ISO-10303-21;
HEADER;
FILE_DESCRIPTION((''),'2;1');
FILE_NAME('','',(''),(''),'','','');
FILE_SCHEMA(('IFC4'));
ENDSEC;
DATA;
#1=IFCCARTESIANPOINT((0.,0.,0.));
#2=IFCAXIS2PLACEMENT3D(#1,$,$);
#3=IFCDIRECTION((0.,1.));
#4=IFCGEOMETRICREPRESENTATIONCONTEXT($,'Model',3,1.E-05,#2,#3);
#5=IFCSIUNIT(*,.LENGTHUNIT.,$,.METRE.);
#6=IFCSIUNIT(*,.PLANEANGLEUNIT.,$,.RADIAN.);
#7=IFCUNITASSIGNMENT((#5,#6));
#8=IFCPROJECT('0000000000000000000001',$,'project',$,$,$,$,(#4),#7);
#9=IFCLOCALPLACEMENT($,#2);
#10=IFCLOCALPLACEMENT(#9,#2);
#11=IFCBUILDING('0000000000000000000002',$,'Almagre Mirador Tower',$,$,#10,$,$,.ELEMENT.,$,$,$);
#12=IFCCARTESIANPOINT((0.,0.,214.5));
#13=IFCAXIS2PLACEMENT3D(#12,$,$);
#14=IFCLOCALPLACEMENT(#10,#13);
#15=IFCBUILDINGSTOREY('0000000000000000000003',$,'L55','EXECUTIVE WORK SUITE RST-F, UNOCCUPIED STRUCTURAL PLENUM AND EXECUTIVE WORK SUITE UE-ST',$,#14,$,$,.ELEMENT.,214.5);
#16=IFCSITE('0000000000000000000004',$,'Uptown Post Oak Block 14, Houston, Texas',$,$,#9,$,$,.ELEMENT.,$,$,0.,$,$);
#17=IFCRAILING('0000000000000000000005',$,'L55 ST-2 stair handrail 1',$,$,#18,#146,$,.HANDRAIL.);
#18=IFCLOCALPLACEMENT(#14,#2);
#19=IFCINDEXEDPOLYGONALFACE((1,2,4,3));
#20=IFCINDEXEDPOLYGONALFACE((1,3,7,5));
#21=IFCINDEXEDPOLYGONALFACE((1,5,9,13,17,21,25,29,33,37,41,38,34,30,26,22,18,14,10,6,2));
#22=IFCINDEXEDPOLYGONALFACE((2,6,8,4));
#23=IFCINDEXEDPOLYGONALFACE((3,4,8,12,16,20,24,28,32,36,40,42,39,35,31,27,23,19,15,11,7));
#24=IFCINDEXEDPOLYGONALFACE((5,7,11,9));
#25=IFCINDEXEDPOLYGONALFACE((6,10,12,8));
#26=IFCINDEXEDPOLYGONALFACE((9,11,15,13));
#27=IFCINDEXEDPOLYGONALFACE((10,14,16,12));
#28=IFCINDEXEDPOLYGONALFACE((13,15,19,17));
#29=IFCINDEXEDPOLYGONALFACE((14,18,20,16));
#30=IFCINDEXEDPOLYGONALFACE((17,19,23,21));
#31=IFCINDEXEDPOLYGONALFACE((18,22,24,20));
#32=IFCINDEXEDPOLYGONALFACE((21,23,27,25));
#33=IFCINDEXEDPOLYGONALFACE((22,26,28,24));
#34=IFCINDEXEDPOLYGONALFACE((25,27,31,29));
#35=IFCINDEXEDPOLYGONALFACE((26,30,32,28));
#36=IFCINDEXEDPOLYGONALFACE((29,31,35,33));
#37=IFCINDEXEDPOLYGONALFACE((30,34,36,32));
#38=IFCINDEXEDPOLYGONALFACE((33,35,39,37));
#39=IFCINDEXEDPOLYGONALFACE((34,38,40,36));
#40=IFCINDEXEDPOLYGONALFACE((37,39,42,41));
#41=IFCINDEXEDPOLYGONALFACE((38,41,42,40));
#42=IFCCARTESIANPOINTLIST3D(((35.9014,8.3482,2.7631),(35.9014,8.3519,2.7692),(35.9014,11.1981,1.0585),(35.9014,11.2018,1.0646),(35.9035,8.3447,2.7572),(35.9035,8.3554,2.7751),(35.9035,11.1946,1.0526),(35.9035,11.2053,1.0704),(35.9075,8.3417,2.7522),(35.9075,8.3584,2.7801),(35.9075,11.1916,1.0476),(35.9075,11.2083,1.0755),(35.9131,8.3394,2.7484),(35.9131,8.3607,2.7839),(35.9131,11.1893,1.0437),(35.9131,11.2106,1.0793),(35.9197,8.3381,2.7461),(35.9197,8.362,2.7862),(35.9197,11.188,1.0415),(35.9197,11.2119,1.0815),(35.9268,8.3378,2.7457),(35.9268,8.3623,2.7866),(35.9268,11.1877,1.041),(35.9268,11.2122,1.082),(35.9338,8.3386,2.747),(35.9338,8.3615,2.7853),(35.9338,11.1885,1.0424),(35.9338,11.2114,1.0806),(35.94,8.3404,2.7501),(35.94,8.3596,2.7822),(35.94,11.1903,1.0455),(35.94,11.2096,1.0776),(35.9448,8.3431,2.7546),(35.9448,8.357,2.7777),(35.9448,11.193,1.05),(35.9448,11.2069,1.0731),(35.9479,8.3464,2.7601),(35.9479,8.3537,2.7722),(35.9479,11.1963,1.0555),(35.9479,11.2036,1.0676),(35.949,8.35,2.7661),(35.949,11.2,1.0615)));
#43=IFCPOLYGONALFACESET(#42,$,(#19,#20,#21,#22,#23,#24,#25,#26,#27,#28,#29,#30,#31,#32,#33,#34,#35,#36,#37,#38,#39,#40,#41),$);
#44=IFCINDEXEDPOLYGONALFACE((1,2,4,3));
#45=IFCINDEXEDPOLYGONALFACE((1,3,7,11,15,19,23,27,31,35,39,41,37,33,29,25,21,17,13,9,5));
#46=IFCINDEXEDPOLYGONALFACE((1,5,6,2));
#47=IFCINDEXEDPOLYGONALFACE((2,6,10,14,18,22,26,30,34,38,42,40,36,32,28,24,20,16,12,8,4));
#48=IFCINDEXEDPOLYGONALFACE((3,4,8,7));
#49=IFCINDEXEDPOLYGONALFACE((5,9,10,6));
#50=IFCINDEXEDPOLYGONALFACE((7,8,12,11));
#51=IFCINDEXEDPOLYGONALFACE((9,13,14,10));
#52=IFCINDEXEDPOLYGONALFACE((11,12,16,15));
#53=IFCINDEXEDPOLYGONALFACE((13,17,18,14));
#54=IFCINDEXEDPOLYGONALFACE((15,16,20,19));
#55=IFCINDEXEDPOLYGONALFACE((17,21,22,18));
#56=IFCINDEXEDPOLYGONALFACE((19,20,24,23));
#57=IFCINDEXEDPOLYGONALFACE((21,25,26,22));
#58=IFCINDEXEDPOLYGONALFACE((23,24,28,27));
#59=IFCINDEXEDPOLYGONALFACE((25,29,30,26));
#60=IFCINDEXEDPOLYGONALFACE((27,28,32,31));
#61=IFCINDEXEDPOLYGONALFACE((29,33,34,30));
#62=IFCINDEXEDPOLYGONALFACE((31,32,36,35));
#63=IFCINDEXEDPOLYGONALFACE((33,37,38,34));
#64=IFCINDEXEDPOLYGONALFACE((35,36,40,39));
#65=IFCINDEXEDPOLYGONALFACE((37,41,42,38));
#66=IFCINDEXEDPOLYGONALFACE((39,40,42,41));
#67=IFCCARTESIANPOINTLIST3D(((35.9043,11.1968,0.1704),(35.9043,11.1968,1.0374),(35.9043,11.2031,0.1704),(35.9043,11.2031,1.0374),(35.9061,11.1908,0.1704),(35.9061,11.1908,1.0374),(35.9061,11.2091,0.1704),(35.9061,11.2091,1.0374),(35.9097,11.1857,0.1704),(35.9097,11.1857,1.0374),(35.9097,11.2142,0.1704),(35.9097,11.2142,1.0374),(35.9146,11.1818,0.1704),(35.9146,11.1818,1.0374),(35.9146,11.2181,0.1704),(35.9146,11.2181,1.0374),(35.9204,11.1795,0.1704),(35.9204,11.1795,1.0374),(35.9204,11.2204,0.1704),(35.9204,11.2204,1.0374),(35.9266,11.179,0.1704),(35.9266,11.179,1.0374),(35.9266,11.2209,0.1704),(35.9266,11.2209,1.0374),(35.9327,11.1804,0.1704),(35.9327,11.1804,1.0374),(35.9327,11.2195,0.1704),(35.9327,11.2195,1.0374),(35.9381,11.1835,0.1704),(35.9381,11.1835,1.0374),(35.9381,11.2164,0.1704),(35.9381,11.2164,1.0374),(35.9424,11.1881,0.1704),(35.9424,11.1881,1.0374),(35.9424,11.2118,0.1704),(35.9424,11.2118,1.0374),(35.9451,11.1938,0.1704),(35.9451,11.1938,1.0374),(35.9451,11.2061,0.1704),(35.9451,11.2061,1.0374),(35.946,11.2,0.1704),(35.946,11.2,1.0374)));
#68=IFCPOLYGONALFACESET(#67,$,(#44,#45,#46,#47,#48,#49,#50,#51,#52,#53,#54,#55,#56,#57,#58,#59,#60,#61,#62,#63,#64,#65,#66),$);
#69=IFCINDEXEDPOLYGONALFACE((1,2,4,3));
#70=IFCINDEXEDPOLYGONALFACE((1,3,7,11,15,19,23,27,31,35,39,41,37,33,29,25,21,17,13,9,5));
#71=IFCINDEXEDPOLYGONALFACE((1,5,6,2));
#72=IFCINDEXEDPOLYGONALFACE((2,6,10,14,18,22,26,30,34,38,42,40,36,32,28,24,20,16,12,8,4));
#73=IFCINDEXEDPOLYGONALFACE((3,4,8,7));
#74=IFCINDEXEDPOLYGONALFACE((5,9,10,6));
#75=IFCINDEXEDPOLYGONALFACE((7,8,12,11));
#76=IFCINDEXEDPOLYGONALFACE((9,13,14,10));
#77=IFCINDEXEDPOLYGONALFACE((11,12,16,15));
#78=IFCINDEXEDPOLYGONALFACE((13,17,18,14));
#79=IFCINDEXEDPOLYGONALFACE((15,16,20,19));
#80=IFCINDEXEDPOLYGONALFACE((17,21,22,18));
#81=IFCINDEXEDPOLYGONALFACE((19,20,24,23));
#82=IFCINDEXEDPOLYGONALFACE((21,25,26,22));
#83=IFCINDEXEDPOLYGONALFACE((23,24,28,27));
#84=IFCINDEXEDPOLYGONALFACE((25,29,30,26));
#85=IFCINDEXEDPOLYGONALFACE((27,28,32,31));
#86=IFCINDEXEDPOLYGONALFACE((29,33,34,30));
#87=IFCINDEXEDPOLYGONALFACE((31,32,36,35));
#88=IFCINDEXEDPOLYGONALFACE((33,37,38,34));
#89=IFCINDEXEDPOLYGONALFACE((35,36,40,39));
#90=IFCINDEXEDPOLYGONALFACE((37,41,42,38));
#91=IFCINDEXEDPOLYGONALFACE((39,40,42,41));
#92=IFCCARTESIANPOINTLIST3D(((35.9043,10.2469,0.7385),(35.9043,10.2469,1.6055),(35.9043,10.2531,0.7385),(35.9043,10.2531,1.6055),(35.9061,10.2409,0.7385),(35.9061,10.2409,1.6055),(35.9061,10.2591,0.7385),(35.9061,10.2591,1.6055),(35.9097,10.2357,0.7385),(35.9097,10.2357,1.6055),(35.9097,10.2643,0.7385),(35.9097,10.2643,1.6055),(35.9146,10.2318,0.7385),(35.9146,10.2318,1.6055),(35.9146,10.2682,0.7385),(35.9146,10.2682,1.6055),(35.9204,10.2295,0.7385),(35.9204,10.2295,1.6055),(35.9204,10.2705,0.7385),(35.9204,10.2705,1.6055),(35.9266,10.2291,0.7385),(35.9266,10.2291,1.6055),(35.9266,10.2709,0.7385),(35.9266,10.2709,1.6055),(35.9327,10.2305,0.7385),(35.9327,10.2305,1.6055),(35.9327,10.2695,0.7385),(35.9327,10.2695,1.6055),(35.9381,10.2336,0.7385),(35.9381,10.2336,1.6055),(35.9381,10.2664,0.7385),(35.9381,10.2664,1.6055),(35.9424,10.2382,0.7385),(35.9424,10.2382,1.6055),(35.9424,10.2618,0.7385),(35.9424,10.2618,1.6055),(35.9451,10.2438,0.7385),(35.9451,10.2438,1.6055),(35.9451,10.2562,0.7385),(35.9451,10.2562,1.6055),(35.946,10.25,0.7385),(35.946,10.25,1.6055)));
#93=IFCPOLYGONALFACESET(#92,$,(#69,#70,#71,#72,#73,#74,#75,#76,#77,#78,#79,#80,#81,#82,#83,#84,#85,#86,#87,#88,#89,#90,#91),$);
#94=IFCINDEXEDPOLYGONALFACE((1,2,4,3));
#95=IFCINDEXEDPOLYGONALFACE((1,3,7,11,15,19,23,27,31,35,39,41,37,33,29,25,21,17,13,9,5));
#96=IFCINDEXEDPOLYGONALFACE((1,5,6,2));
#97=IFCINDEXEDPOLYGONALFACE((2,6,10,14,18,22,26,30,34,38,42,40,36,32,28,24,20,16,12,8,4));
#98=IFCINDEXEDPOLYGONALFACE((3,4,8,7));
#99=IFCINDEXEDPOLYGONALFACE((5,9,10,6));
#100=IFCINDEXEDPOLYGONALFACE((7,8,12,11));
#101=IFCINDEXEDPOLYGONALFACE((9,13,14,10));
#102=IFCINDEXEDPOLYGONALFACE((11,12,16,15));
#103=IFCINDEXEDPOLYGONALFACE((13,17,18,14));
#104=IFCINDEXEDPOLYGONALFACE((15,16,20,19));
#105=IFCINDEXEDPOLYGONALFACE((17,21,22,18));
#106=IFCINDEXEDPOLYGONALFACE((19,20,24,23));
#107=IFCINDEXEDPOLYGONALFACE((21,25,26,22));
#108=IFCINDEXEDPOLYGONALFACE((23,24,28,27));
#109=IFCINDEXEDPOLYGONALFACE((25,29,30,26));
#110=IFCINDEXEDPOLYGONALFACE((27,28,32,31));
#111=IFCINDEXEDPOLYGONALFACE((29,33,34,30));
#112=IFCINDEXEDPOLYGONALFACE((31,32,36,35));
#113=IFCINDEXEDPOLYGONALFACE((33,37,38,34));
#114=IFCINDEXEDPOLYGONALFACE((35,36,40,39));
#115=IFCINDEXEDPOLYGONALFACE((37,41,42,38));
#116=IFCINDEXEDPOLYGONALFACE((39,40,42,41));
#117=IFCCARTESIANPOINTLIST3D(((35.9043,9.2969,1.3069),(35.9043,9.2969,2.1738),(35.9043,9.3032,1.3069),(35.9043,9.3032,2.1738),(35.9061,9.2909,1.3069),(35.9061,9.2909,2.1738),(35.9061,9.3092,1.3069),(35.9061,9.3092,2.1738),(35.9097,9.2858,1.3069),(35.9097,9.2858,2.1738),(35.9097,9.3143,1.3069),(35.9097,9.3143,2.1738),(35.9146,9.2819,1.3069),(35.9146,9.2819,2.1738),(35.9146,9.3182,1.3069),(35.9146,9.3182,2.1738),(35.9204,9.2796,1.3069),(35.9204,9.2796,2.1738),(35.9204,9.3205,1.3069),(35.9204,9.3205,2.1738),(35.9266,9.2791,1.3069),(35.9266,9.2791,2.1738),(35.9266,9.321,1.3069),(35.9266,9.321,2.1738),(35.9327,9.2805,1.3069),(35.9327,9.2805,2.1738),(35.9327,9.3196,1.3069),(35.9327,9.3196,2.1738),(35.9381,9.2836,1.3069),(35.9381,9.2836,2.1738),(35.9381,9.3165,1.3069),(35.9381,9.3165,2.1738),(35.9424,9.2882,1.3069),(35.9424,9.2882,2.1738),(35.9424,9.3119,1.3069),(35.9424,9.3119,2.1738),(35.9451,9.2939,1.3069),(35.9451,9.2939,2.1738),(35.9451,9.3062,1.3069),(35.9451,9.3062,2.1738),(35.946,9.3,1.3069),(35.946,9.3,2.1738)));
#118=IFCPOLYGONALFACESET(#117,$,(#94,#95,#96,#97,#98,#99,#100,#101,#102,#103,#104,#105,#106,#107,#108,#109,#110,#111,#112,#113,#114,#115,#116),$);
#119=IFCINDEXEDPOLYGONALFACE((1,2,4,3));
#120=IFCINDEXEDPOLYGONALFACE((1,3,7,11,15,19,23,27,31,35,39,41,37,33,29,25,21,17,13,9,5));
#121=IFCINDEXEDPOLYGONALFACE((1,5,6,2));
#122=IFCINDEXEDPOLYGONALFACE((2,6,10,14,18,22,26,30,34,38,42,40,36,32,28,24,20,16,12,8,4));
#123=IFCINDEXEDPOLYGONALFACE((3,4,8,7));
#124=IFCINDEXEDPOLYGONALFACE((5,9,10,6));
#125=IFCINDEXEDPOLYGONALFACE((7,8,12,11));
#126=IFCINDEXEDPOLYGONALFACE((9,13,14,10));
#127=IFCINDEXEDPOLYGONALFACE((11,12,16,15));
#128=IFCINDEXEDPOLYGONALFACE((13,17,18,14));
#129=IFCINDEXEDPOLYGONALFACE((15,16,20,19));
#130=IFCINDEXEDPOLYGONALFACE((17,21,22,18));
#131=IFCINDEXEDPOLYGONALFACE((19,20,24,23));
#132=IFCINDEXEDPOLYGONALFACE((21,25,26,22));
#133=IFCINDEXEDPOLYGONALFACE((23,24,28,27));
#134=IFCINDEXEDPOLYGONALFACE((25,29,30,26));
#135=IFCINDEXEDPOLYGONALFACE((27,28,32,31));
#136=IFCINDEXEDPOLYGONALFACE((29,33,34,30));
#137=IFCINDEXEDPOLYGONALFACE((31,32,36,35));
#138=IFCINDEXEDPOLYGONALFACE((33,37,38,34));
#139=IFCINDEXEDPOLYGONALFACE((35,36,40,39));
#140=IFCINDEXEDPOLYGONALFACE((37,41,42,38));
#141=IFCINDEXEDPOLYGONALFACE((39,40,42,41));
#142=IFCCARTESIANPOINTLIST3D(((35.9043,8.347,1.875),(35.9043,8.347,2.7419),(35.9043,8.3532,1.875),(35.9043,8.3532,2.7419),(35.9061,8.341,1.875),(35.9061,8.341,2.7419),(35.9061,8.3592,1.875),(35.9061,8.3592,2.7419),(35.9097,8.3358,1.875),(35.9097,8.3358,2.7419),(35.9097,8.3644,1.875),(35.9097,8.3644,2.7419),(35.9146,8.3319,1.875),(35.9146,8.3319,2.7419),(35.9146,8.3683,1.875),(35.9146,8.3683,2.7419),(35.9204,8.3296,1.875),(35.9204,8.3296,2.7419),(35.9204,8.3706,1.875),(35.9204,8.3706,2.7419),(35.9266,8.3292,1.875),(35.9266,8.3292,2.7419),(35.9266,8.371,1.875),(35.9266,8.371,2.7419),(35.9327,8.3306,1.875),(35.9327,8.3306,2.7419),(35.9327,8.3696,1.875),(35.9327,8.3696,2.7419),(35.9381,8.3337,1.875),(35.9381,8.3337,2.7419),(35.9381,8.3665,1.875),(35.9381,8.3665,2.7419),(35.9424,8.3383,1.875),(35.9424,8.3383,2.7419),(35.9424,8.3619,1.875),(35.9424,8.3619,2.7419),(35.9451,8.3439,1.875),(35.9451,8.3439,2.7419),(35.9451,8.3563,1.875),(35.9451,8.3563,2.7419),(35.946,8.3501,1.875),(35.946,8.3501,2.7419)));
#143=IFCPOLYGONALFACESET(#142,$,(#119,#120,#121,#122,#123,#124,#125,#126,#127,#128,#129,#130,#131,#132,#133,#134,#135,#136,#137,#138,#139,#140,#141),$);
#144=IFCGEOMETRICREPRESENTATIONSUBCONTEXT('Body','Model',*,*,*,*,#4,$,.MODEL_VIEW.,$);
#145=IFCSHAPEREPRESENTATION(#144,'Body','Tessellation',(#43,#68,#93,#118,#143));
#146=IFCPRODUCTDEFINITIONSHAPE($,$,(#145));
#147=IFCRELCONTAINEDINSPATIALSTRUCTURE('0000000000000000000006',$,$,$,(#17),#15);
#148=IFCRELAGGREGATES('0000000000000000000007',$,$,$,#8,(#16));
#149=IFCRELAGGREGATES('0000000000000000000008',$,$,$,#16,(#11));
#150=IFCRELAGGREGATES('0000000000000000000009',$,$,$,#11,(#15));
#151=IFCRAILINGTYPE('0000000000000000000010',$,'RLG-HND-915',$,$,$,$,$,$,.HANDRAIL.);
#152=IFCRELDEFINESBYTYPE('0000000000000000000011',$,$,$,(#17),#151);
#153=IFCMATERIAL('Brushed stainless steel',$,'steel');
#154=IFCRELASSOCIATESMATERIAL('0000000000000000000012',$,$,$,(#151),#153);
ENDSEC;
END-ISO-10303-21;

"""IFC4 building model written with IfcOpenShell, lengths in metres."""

from ifc_helpers import new_model, si_unit, direction, frame, origin, origin_2d, place, context, subcontext, project, spatial, circle, extrude, material, type_object, element, save


model = new_model("IFC4")

# Units and contexts
model_context = context("Model", 3, precision=1e-05, world=origin(), true_north=direction((0.0, 1.0)))
body_context = subcontext(model_context, "Body", "Model", "MODEL_VIEW")
ifc_project = project(units=[si_unit("LENGTHUNIT", "METRE"), si_unit("PLANEANGLEUNIT", "RADIAN")], contexts=[model_context])

# Site, building, storey
site_placement = place(None, origin())
site = spatial("IfcSite", under=ifc_project, at=site_placement, Name="Uptown Post Oak Block 14, Houston, Texas", CompositionType="ELEMENT", RefElevation=0.0)
building_placement = place(site_placement, origin())
building = spatial("IfcBuilding", under=site, at=building_placement, Name="Almagre Mirador Tower", CompositionType="ELEMENT")
storey_placement = place(building_placement, frame((0.0, 0.0, 214.5)))
storey = spatial("IfcBuildingStorey", under=building, at=storey_placement, Name="L55", Description="EXECUTIVE WORK SUITE RST-F, UNOCCUPIED STRUCTURAL PLENUM AND EXECUTIVE WORK SUITE UE-ST", CompositionType="ELEMENT", Elevation=214.5)

# Railing
ifc_material_1 = material(Name="Brushed stainless steel", Category="steel")
railing_type_1 = type_object("IfcRailingType", Name="RLG-HND-915", PredefinedType="HANDRAIL", material=ifc_material_1)
railing_1_placement = place(storey_placement, frame((35.925, 11.2, 0.1704)))
element("IfcRailing", 1, at=railing_1_placement, inside=storey, type_object=railing_type_1, Name="L55 ST-2 stair handrail 1", PredefinedType="HANDRAIL", context=body_context, shape_type="SweptSolid", body=[
    extrude(circle(Radius=0.0239, at=origin_2d()), frame((0.0, 0.0, 0.8911), z_axis=(0.0, -0.858199, 0.513317), x_axis=(1.0, 0.0, 0.0)), (0.0, 0.0, 1.0), 3.3208),
    extrude(circle(Radius=0.021, at=origin_2d()), origin(), (0.0, 0.0, 1.0), 0.8669),
    extrude(circle(Radius=0.021, at=origin_2d()), frame((0.0, -0.95, 0.5681)), (0.0, 0.0, 1.0), 0.8669),
    extrude(circle(Radius=0.021, at=origin_2d()), frame((0.0, -1.8999, 1.1365)), (0.0, 0.0, 1.0), 0.8669),
    extrude(circle(Radius=0.021, at=origin_2d()), frame((0.0, -2.8499, 1.7046)), (0.0, 0.0, 1.0), 0.8669),
])

save(model, "model.ifc")
